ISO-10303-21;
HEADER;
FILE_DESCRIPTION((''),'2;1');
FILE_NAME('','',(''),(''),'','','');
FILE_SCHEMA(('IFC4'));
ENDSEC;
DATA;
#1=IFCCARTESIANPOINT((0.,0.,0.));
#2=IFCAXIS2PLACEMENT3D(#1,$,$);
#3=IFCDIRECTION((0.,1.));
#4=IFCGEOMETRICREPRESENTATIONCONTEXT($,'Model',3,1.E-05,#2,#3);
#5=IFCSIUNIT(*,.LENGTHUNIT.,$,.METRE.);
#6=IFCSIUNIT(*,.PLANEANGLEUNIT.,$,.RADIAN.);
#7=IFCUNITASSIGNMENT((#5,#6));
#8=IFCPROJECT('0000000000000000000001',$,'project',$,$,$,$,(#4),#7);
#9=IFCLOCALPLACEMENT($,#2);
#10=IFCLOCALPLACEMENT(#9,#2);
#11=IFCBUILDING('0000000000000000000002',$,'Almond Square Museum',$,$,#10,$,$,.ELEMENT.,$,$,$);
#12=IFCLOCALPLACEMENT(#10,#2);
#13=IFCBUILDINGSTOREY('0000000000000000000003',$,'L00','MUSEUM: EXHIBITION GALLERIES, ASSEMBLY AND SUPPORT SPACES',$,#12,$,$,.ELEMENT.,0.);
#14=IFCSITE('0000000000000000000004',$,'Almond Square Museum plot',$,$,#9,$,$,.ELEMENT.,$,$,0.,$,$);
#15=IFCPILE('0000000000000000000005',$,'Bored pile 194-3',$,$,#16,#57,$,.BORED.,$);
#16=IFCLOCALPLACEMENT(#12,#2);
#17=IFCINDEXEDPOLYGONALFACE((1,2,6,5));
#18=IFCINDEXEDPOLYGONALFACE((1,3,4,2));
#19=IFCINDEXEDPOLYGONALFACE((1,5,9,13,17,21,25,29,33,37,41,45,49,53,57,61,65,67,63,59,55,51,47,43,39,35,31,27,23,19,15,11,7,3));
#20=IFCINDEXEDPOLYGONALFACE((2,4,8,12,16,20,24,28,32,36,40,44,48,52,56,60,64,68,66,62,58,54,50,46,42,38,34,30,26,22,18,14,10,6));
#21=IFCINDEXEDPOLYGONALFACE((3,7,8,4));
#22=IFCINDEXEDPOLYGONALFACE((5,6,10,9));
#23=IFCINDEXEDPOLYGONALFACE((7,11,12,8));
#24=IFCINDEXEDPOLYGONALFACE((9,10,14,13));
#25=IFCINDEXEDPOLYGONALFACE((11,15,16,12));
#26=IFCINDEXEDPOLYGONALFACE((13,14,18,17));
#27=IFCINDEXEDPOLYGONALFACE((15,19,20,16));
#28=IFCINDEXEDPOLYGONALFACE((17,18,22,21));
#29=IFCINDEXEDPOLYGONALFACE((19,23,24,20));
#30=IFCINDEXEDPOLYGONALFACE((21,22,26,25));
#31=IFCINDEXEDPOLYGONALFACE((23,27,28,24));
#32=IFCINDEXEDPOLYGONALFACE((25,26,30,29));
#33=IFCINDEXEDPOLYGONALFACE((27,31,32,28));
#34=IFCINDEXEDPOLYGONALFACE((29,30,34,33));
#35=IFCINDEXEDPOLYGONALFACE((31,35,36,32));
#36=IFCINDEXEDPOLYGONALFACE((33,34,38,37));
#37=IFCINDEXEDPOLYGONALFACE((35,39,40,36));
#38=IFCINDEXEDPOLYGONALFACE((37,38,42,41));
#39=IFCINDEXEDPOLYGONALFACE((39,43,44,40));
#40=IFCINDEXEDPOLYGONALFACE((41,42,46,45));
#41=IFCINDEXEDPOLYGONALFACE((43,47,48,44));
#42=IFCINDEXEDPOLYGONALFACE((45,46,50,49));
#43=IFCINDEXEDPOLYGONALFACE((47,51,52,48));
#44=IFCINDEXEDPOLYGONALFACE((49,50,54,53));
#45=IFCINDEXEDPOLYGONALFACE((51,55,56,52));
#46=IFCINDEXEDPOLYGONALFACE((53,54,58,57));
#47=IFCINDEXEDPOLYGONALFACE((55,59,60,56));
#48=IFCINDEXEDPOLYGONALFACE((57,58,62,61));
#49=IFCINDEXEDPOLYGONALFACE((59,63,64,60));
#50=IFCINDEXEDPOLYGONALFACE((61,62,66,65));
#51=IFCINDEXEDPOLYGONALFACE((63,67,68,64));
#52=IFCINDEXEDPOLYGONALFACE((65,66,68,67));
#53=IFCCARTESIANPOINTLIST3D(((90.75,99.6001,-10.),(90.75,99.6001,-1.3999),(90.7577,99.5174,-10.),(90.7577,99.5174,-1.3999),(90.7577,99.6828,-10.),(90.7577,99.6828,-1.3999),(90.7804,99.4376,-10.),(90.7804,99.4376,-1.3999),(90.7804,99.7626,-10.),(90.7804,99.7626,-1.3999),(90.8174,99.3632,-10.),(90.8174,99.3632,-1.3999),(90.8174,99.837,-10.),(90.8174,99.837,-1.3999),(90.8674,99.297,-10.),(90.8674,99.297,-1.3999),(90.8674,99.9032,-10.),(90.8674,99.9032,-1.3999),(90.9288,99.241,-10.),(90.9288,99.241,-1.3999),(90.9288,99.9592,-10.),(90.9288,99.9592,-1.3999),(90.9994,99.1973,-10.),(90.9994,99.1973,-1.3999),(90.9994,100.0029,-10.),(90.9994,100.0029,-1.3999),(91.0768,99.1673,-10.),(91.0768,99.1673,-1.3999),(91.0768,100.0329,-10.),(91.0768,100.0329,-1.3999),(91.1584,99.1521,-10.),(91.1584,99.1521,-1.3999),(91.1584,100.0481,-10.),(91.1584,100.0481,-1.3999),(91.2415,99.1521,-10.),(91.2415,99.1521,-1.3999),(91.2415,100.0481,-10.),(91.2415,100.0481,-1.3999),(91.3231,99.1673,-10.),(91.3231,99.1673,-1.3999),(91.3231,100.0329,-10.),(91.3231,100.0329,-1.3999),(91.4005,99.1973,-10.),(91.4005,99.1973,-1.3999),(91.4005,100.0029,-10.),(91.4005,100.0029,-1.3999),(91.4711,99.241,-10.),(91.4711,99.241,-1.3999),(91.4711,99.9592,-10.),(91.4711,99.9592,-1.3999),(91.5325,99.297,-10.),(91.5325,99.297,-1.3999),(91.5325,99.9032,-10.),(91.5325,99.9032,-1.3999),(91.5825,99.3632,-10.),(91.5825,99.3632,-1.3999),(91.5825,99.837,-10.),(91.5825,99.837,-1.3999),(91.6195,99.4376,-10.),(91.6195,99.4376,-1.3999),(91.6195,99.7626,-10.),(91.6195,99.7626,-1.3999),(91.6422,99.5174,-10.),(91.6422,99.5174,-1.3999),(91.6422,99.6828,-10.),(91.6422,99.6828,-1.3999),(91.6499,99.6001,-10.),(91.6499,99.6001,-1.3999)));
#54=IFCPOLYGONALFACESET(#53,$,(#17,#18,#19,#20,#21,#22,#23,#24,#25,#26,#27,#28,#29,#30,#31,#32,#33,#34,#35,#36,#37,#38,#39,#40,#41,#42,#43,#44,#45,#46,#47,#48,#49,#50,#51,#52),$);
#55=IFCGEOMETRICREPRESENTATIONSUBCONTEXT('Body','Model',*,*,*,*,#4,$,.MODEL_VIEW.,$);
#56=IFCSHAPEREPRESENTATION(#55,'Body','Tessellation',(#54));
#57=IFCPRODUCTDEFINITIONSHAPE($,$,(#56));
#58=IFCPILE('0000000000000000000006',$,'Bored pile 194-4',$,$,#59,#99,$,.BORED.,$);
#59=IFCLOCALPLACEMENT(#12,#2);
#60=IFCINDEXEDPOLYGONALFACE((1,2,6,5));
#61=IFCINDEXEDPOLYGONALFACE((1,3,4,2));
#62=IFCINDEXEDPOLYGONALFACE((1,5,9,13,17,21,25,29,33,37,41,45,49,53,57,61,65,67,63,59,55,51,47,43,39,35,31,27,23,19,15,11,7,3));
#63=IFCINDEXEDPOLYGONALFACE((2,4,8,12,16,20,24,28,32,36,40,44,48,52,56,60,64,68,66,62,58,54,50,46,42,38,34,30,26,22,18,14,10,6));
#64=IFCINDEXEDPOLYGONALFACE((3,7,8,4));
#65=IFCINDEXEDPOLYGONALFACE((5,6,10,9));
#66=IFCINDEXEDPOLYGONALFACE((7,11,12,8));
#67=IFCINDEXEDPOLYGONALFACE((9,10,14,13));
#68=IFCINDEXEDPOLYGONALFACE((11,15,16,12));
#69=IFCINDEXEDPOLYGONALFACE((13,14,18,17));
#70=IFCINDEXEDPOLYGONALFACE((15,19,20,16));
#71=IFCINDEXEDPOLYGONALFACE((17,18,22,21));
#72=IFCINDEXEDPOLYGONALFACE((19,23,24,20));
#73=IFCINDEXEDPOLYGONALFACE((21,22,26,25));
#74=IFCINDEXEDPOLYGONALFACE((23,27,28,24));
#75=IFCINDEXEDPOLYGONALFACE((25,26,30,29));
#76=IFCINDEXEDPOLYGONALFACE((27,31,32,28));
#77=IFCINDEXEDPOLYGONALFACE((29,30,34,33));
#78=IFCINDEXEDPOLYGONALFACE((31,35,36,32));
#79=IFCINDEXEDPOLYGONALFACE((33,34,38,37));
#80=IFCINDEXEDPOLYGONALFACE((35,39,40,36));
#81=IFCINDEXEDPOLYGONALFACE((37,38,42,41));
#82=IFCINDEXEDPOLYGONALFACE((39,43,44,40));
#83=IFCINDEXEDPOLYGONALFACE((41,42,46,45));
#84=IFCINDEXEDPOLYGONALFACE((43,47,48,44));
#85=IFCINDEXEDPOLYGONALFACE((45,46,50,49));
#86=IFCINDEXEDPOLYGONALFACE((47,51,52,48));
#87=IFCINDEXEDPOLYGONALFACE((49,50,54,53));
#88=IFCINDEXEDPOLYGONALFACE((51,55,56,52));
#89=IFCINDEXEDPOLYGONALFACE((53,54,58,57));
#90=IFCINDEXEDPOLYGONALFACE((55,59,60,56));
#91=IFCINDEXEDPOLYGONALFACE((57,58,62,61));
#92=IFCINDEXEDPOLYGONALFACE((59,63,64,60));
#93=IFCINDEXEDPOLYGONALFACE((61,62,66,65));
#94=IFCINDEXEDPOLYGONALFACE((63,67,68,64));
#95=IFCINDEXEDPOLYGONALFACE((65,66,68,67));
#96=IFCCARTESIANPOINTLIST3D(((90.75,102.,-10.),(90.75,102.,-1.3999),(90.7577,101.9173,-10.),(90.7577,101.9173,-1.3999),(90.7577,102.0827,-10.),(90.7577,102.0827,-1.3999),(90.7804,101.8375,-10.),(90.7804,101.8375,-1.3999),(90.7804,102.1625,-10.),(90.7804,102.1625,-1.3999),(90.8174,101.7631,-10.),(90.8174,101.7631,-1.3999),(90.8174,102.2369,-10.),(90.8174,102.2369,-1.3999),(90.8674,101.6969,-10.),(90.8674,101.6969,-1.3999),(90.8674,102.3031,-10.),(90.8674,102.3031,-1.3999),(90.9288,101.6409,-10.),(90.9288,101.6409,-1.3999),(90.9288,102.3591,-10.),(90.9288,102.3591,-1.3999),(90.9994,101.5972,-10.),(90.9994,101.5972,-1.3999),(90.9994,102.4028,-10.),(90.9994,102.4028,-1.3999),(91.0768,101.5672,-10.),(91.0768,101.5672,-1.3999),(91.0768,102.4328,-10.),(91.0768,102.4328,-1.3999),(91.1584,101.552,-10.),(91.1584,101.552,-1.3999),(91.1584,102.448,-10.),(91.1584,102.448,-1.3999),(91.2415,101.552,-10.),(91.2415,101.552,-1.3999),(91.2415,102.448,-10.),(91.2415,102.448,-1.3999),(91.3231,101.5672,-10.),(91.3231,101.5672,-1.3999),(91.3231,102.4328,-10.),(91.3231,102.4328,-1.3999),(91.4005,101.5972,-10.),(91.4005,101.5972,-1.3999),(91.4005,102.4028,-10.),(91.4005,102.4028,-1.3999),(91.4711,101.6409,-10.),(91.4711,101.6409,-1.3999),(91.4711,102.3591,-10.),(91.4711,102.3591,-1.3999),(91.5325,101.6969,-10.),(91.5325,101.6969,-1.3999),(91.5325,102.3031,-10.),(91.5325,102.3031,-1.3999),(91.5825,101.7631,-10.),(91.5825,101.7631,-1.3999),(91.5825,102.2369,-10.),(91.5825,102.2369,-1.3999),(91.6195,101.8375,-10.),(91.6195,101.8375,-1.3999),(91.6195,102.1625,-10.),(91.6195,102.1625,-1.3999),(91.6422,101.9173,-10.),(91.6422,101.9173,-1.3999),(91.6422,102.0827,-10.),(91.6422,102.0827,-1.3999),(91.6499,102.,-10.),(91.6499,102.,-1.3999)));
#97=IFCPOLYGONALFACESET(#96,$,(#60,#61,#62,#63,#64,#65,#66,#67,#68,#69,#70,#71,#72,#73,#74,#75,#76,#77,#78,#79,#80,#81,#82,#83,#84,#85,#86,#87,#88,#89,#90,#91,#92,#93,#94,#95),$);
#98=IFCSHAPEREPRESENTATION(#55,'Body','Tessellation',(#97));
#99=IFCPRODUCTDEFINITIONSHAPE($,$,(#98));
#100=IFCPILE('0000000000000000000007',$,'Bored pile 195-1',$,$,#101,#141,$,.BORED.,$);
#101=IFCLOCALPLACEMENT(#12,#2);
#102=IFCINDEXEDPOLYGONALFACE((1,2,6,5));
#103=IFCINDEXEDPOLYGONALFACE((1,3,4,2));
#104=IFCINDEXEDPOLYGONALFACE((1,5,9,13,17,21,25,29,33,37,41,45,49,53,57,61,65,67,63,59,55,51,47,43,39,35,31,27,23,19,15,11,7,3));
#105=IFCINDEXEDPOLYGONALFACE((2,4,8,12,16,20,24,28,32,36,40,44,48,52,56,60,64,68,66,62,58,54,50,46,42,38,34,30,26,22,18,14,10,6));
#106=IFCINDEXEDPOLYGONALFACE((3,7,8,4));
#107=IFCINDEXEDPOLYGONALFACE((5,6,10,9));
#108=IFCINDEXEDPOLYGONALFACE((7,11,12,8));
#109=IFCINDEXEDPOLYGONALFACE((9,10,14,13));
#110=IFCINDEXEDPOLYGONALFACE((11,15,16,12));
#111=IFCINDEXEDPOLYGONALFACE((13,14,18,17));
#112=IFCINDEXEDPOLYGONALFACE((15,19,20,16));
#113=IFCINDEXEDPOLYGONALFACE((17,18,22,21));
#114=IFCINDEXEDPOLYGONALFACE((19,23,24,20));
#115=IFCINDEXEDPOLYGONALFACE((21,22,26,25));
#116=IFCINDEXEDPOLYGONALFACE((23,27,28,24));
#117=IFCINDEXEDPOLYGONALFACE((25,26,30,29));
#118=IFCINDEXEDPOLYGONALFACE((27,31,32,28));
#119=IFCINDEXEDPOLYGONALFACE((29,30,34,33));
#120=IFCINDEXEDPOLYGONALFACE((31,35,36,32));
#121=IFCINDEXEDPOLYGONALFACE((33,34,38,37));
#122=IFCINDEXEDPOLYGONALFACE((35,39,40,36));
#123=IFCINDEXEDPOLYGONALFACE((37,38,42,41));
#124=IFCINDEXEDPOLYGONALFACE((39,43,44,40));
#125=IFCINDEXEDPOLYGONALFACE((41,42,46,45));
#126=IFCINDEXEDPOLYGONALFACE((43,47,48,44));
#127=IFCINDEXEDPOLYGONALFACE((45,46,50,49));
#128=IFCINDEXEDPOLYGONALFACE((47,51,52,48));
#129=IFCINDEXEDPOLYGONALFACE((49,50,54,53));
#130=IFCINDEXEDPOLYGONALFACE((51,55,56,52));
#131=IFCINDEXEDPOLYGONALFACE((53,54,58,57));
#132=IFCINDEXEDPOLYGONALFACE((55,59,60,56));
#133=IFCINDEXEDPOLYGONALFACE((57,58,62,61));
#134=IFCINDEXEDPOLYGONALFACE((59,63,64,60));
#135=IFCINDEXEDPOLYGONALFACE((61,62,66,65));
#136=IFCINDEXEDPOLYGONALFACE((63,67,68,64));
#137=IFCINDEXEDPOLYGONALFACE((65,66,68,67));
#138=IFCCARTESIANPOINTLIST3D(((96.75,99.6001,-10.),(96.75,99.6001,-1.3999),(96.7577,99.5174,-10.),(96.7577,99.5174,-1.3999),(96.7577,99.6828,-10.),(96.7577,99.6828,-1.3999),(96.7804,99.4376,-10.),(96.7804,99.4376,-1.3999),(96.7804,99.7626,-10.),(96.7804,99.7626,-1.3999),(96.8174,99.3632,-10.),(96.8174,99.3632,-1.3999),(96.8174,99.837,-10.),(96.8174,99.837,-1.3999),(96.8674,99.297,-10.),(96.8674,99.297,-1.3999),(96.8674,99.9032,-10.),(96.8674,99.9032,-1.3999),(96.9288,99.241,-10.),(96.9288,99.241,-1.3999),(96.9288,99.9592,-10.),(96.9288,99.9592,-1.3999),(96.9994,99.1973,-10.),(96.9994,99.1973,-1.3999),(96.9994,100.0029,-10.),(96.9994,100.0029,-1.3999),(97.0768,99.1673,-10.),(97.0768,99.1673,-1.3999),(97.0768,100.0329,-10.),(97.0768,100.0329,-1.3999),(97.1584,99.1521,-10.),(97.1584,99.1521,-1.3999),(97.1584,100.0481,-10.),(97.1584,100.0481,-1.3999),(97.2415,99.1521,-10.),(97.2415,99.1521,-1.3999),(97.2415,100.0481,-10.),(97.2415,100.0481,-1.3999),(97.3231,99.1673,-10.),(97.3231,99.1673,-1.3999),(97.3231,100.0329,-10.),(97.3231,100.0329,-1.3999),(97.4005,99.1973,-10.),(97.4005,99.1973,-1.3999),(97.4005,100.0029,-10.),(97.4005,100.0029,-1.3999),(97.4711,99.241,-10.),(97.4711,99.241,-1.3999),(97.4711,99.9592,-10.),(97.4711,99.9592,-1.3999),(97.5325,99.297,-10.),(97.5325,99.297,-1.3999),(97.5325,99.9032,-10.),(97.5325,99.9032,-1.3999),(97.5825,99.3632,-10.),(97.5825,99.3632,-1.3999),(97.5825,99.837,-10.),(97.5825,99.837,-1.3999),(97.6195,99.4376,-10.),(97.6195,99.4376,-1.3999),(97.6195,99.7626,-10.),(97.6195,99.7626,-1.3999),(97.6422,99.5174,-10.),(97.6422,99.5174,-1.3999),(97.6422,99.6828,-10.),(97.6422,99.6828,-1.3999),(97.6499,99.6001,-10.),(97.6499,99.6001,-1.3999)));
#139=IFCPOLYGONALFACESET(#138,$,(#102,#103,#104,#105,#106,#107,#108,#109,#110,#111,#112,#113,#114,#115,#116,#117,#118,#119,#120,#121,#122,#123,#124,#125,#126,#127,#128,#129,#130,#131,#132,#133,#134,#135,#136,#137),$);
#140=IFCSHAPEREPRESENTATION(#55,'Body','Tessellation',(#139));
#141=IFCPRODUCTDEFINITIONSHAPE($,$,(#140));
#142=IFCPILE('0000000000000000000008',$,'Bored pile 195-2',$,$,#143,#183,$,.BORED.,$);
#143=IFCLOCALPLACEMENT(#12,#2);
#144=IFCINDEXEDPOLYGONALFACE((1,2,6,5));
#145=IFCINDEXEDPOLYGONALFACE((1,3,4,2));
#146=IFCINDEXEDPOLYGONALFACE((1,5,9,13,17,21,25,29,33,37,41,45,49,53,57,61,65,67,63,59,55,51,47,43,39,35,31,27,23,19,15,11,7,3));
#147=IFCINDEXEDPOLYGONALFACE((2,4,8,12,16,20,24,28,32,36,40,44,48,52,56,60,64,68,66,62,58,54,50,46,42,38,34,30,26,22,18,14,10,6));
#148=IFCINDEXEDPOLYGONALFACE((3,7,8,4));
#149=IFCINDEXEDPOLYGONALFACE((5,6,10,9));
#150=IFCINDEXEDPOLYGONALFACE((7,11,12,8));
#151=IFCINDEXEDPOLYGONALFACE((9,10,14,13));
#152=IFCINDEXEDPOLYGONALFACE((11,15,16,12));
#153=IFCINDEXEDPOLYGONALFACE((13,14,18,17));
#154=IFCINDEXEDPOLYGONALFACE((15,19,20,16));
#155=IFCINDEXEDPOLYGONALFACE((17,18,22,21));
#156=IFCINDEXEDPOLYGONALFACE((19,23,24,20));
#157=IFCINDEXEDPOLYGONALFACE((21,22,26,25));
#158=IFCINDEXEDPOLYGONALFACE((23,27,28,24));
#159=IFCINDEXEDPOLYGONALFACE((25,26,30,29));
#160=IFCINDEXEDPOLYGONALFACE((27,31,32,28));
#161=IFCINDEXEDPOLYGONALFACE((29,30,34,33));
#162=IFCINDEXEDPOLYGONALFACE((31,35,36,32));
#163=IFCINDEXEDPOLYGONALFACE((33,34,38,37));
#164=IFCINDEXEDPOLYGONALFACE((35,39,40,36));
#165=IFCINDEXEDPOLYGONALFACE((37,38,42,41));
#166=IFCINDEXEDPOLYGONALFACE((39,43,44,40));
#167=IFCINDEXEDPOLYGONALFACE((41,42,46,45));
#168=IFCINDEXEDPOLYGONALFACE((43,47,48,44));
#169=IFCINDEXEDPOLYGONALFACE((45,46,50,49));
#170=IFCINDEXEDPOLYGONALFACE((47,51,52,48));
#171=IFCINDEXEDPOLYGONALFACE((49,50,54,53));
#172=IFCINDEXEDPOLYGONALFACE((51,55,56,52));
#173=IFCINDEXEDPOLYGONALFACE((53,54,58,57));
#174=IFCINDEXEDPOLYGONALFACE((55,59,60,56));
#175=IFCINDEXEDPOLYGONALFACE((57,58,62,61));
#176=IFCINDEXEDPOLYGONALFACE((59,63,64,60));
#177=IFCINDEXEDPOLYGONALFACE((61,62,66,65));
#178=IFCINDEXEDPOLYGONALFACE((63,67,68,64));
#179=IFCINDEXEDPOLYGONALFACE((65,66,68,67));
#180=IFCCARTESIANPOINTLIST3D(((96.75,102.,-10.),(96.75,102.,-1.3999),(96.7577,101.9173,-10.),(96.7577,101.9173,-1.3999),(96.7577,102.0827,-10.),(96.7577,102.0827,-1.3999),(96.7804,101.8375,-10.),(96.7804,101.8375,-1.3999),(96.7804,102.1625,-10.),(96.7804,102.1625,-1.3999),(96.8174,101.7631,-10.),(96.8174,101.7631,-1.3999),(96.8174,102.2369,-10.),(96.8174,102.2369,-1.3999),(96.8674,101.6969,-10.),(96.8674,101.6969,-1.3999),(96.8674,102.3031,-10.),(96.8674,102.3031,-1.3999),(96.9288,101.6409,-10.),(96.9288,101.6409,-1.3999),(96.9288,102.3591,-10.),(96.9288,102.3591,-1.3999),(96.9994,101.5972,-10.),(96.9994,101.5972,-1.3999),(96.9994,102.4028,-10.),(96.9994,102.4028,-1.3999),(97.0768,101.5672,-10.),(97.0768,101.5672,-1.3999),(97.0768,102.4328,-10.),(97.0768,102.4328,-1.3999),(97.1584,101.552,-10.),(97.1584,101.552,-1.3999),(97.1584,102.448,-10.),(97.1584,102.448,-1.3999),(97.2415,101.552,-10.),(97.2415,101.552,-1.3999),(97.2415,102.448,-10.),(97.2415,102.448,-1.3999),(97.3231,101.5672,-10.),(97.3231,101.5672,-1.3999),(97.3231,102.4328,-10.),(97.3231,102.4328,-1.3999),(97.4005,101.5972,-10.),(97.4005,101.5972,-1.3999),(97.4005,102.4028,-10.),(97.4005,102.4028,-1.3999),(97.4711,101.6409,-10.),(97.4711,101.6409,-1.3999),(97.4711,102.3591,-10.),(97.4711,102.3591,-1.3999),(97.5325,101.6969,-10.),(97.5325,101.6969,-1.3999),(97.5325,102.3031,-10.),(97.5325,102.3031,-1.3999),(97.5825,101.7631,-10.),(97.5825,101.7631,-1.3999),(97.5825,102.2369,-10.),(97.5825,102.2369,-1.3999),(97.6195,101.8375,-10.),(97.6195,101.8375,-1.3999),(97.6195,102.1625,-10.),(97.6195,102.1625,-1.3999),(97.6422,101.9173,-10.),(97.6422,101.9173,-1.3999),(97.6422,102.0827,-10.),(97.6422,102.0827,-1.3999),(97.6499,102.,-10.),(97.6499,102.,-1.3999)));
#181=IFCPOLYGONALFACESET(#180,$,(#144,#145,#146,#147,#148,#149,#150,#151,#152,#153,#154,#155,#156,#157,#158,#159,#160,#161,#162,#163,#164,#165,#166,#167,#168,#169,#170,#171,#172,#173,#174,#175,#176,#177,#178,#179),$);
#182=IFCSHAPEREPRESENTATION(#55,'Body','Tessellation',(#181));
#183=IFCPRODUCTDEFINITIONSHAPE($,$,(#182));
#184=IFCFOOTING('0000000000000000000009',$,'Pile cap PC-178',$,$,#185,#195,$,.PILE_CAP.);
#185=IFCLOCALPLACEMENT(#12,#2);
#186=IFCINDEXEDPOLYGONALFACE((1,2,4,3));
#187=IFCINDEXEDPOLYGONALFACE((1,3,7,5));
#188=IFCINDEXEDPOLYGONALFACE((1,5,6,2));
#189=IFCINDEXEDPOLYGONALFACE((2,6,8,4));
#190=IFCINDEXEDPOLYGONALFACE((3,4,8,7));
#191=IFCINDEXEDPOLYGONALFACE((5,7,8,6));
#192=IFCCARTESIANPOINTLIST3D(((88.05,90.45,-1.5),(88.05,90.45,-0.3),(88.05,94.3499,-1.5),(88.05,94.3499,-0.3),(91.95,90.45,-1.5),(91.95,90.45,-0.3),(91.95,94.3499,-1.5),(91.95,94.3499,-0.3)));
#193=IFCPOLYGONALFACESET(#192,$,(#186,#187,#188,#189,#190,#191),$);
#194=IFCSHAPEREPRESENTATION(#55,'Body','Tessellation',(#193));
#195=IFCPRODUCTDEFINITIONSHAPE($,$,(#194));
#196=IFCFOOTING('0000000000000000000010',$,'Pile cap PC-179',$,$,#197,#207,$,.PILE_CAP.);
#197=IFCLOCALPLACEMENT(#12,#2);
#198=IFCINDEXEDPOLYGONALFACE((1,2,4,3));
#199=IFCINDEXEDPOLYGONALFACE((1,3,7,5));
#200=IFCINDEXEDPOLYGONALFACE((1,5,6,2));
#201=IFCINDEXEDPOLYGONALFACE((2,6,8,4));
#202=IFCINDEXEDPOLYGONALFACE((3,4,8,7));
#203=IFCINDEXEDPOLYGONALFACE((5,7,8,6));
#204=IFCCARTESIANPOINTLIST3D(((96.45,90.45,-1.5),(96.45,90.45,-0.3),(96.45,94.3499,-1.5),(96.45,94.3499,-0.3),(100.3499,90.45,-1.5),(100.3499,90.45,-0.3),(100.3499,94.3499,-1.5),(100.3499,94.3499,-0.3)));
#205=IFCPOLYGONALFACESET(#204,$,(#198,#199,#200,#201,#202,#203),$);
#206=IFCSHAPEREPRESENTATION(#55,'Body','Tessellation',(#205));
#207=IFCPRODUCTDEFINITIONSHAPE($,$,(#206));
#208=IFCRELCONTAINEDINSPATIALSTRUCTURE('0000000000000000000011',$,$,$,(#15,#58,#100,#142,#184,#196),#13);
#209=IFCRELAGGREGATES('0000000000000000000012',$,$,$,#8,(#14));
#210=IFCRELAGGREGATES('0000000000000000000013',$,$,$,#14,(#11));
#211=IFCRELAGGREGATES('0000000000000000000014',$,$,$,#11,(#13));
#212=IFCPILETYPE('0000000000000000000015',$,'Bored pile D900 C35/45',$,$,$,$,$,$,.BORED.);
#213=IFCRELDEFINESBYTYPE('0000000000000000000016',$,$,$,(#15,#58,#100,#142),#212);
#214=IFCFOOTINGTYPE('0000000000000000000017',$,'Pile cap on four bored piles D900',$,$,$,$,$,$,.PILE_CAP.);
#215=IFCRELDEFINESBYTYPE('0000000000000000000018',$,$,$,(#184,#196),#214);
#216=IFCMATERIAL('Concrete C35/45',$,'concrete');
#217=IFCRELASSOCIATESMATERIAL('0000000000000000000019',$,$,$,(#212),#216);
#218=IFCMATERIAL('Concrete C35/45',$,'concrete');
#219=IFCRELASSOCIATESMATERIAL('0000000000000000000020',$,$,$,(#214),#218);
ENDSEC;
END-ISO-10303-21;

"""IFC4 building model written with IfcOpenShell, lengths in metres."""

from ifc_helpers import new_model, si_unit, direction, frame, origin, origin_2d, place, context, subcontext, project, spatial, rectangle, circle, extrude, material, material_profile, profile_set, type_object, element, save


model = new_model("IFC4")

# Units and contexts
model_context = context("Model", 3, precision=1e-05, world=origin(), true_north=direction((0.0, 1.0)))
body_context = subcontext(model_context, "Body", "Model", "MODEL_VIEW")
ifc_project = project(units=[si_unit("LENGTHUNIT", "METRE"), si_unit("PLANEANGLEUNIT", "RADIAN")], contexts=[model_context])

# Site, building, storey
site_placement = place(None, origin())
site = spatial("IfcSite", under=ifc_project, at=site_placement, Name="Almond Square Museum plot", CompositionType="ELEMENT", RefElevation=0.0)
building_placement = place(site_placement, origin())
building = spatial("IfcBuilding", under=site, at=building_placement, Name="Almond Square Museum", CompositionType="ELEMENT")
storey_placement = place(building_placement, origin())
storey = spatial("IfcBuildingStorey", under=building, at=storey_placement, Name="L00", Description="MUSEUM: EXHIBITION GALLERIES, ASSEMBLY AND SUPPORT SPACES", CompositionType="ELEMENT", Elevation=0.0)

# Piles
ifc_material_1 = material(Name="Concrete C35/45", Category="concrete")
ifc_material_profile_1 = material_profile(ifc_material_1, circle(Radius=0.45, at=origin_2d()))
ifc_profile_set_1 = profile_set([ifc_material_profile_1], Name="Concrete C35/45")
pile_type = type_object("IfcPileType", Name="Bored pile D900 C35/45", PredefinedType="BORED", material=ifc_profile_set_1)
for number, where, z_axis, x_axis, name in (
    (1, (91.2, 99.6001, -1.3999), (0.0, 0.0, -1.0), (1.0, 0.0, 0.0), "Bored pile 194-3"),
    (2, (91.2, 102.0, -1.3999), (0.0, 0.0, -1.0), (1.0, 0.0, 0.0), "Bored pile 194-4"),
    (3, (97.2, 99.6001, -1.3999), (0.0, 0.0, -1.0), (1.0, 0.0, 0.0), "Bored pile 195-1"),
    (4, (97.2, 102.0, -1.3999), (0.0, 0.0, -1.0), (1.0, 0.0, 0.0), "Bored pile 195-2"),
):
    element("IfcPile", number, at=place(storey_placement, frame(where, z_axis=z_axis, x_axis=x_axis)), inside=storey, type_object=pile_type, Name=name, PredefinedType="BORED", context=body_context, shape_type="SweptSolid", body=[
        extrude(circle(Radius=0.45, at=origin_2d()), origin(), (0.0, 0.0, 1.0), 8.6001),
    ])

# Footings
ifc_material_2 = material(Name="Concrete C35/45", Category="concrete")
footing_type = type_object("IfcFootingType", Name="Pile cap on four bored piles D900", PredefinedType="PILE_CAP", material=ifc_material_2)
for number, where, z_axis, x_axis, name in (
    (5, (90.0, 92.3999, -1.5), (0.0, 0.0, 1.0), (1.0, 0.0, 0.0), "Pile cap PC-178"),
    (6, (98.3999, 92.3999, -1.5), (0.0, 0.0, 1.0), (1.0, 0.0, 0.0), "Pile cap PC-179"),
):
    element("IfcFooting", number, at=place(storey_placement, frame(where, z_axis=z_axis, x_axis=x_axis)), inside=storey, type_object=footing_type, Name=name, PredefinedType="PILE_CAP", context=body_context, shape_type="SweptSolid", body=[
        extrude(rectangle(XDim=3.8999, YDim=3.8999, at=origin_2d()), origin(), (0.0, 0.0, 1.0), 1.2),
    ])

save(model, "model.ifc")
